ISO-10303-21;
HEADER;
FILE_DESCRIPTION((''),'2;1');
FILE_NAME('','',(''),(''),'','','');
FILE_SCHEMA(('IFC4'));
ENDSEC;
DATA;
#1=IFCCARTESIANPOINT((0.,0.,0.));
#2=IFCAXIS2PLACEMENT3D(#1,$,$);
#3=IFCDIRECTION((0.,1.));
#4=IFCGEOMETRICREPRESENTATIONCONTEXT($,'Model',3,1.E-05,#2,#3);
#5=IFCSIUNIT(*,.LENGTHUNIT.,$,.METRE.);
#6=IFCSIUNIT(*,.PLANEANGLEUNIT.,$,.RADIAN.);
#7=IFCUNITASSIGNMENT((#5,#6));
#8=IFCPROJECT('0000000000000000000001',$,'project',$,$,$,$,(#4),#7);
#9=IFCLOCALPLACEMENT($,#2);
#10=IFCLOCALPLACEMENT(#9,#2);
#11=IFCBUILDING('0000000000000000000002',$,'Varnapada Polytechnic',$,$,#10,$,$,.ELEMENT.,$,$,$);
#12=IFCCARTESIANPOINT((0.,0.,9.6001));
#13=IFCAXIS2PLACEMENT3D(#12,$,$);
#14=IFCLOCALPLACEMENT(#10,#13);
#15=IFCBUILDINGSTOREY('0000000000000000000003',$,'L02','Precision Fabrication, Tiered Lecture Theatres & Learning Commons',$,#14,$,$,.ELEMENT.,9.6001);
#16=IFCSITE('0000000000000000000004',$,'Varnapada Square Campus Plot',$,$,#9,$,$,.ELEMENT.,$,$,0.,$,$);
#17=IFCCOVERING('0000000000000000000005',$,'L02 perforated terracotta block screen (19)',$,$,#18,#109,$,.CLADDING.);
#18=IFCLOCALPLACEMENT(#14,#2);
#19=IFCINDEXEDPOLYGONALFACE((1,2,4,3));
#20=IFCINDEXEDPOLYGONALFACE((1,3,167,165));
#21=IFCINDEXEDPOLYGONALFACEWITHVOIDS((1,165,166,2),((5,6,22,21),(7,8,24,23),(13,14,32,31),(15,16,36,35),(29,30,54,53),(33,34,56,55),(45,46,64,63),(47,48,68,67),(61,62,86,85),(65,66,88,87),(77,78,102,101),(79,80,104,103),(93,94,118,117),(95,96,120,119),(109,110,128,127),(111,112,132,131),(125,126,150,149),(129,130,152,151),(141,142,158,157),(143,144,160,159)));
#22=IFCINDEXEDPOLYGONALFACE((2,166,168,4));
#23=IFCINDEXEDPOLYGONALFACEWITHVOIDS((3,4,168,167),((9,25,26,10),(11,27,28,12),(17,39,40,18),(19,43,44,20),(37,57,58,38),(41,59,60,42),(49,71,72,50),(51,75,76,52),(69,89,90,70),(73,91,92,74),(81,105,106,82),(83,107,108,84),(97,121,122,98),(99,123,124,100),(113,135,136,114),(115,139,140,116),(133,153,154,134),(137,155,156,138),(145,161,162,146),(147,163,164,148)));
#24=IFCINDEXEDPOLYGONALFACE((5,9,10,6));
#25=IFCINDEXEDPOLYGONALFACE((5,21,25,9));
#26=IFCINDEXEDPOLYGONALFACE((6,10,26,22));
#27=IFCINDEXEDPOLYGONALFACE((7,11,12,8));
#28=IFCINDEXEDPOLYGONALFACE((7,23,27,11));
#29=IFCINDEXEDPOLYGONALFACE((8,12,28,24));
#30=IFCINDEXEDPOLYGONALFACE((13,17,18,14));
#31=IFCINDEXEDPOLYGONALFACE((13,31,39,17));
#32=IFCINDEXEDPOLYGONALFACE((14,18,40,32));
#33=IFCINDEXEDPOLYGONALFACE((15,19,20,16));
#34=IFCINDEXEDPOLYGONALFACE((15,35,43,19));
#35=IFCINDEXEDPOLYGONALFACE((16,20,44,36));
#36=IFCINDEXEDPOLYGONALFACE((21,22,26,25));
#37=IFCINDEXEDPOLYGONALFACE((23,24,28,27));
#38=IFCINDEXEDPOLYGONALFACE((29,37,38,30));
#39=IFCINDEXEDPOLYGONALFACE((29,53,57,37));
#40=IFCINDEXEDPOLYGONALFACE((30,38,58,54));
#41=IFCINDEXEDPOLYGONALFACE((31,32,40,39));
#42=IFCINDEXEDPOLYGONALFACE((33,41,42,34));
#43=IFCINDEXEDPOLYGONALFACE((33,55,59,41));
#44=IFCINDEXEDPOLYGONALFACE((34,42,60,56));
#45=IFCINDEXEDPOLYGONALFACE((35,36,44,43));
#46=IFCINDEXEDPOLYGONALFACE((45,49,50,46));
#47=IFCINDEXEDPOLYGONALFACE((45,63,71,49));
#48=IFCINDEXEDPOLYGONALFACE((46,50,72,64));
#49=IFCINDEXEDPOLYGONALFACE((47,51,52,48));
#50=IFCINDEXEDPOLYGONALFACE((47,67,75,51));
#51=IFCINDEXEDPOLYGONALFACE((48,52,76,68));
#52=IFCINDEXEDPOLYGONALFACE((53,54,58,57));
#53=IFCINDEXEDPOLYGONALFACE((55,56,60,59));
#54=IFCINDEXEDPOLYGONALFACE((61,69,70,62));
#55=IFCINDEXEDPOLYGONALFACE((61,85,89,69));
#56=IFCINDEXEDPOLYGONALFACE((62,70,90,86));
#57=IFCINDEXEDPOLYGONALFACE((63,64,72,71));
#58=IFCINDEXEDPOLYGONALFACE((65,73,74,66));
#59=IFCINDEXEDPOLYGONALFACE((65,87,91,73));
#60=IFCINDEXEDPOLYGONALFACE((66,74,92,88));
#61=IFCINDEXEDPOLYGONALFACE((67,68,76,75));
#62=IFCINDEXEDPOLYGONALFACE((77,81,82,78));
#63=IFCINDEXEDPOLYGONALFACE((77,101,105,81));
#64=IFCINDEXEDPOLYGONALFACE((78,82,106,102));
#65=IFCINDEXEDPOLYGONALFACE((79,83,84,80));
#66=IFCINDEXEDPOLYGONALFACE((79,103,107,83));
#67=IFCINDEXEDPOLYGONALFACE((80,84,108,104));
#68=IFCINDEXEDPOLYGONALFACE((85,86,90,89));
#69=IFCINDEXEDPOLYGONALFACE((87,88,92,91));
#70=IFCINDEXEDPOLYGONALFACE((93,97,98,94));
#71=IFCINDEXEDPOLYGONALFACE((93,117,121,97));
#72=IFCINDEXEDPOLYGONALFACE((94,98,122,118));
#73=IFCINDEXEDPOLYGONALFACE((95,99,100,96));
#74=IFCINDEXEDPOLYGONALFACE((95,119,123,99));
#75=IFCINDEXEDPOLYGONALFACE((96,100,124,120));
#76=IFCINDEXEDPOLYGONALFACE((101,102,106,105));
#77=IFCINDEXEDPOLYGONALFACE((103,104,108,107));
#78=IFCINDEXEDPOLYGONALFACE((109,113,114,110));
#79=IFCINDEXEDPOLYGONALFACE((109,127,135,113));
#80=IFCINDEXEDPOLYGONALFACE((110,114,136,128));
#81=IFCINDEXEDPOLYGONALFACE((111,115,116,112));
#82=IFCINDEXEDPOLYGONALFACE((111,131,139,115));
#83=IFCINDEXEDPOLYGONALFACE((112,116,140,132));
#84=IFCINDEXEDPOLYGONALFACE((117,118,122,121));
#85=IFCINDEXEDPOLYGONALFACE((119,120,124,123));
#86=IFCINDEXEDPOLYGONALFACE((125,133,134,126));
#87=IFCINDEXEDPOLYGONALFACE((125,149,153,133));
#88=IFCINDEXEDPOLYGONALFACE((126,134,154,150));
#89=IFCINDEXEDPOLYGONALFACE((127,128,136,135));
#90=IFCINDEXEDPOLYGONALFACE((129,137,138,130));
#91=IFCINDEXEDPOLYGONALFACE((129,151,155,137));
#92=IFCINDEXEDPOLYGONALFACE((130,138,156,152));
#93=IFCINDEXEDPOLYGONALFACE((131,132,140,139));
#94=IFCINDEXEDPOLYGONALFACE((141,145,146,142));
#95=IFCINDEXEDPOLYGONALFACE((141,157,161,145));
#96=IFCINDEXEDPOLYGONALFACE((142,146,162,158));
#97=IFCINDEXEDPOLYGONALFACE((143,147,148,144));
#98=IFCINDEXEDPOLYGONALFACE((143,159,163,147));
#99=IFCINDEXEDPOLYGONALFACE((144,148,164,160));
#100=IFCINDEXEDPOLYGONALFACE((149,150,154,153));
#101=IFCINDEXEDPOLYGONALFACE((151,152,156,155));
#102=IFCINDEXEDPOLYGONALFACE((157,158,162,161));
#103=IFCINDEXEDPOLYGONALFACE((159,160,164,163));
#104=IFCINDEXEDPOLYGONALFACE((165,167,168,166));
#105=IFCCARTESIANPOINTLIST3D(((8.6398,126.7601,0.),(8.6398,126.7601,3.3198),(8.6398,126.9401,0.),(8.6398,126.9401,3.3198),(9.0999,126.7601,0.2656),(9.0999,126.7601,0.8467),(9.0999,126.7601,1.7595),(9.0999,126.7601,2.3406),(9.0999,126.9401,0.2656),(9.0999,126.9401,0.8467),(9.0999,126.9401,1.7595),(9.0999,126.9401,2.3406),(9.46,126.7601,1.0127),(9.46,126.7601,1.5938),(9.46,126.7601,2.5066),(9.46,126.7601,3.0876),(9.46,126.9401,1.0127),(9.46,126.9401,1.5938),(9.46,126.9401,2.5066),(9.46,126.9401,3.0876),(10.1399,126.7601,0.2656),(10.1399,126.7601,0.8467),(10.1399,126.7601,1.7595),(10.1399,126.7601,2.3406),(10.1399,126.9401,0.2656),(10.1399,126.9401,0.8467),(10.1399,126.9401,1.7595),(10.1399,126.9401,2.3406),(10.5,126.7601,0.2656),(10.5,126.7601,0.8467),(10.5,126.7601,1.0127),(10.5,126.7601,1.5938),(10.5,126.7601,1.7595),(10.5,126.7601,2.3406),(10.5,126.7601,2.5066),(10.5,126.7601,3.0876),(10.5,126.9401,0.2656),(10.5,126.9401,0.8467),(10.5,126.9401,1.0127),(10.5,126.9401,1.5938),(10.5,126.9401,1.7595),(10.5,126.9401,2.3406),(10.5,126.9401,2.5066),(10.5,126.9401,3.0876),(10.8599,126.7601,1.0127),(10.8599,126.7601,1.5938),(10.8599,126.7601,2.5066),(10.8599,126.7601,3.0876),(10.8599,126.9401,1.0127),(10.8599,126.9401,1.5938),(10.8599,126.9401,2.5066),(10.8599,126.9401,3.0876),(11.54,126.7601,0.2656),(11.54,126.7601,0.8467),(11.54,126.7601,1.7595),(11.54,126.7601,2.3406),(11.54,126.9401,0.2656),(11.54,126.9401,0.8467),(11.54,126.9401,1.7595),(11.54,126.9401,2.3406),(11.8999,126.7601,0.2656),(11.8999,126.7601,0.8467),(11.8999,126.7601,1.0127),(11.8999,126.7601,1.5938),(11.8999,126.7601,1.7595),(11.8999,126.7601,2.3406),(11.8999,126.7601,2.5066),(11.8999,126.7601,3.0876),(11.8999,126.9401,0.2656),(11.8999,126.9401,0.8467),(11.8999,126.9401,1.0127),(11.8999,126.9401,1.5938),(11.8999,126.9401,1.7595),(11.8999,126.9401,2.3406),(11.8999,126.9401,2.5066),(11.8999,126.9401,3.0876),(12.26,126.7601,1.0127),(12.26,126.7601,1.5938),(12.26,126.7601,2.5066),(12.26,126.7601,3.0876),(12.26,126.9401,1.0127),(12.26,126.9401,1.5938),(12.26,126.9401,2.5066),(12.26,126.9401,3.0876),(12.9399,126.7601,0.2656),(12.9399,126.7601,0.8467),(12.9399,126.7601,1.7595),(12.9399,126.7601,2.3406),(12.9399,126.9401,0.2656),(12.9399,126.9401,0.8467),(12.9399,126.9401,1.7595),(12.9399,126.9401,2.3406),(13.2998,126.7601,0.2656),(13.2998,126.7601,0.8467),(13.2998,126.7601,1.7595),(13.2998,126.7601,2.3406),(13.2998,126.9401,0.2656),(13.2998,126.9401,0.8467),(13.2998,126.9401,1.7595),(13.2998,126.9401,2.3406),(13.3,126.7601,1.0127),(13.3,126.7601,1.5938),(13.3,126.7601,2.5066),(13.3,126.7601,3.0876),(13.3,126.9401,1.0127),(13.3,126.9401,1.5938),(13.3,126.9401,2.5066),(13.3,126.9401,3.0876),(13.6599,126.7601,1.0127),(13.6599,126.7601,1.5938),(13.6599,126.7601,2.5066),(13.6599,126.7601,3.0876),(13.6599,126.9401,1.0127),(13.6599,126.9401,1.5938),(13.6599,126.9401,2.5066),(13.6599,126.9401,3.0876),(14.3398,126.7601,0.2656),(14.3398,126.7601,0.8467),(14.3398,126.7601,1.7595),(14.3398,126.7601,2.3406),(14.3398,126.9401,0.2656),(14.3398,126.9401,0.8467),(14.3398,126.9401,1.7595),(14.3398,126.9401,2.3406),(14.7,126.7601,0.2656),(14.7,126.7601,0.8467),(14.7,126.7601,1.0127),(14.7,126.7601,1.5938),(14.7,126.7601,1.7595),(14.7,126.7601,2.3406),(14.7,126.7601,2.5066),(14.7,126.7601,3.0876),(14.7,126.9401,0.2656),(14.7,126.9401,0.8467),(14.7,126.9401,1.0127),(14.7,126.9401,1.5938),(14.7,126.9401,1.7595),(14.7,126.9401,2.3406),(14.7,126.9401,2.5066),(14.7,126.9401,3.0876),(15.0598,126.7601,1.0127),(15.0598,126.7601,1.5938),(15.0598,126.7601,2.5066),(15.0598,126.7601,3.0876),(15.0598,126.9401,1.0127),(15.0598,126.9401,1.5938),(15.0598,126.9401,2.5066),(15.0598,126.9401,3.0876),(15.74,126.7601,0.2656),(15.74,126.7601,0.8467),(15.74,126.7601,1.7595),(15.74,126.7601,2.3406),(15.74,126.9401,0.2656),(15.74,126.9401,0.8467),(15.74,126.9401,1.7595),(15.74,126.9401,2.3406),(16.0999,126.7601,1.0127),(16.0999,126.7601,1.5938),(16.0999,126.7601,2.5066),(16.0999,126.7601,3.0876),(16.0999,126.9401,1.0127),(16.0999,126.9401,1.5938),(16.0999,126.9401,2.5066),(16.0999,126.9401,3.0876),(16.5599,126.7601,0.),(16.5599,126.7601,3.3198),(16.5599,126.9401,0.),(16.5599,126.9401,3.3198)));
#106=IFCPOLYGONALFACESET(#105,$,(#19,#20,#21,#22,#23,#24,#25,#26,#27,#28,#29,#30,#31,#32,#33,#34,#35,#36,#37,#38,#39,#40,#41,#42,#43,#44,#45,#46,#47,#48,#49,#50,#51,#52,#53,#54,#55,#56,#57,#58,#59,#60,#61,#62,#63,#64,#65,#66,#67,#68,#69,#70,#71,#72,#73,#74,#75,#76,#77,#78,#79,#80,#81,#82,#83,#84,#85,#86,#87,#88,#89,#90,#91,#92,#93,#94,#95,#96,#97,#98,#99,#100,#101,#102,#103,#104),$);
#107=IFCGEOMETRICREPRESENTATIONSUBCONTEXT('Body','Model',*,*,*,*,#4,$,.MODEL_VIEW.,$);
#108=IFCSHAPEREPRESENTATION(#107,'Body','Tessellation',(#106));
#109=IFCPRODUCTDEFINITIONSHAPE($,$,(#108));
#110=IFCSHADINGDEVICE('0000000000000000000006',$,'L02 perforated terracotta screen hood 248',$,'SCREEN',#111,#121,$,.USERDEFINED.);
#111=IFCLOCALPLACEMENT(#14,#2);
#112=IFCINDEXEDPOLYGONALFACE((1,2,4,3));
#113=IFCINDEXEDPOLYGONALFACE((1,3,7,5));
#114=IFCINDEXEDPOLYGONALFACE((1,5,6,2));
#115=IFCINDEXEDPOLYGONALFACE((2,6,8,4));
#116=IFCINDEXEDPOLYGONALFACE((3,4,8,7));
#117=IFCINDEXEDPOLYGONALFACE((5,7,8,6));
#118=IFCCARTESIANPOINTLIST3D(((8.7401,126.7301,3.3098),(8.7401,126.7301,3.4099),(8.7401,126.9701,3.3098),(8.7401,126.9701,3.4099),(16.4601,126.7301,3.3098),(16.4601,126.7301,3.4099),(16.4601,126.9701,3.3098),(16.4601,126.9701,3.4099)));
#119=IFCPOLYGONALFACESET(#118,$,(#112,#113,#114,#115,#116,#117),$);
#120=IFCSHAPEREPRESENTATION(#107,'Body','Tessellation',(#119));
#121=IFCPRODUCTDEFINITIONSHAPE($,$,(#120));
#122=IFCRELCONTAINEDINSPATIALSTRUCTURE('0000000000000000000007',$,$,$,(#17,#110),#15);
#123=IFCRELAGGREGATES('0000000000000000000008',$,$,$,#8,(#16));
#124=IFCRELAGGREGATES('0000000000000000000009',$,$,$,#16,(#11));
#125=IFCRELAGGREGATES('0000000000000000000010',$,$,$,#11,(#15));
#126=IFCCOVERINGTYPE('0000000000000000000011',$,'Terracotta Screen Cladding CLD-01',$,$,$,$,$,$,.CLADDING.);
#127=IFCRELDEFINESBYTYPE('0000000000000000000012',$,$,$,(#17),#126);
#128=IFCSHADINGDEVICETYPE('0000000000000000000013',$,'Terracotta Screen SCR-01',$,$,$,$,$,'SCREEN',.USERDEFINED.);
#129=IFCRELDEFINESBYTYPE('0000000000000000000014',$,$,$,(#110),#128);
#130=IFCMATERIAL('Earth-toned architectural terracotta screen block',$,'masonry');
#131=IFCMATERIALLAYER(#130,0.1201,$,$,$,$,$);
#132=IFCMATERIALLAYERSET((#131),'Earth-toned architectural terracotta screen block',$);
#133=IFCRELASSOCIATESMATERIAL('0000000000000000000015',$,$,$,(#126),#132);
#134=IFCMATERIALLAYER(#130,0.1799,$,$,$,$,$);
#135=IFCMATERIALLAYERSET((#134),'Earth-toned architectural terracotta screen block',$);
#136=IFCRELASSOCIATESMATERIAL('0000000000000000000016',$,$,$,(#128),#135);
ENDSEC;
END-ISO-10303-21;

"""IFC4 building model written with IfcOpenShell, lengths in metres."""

from ifc_helpers import new_model, si_unit, direction, frame, frame_2d, origin, origin_2d, place, context, subcontext, project, spatial, rectangle, extrude, material, layer, layer_set, type_object, element, save


model = new_model("IFC4")

# Units and contexts
model_context = context("Model", 3, precision=1e-05, world=origin(), true_north=direction((0.0, 1.0)))
body_context = subcontext(model_context, "Body", "Model", "MODEL_VIEW")
ifc_project = project(units=[si_unit("LENGTHUNIT", "METRE"), si_unit("PLANEANGLEUNIT", "RADIAN")], contexts=[model_context])

# Site, building, storey
site_placement = place(None, origin())
site = spatial("IfcSite", under=ifc_project, at=site_placement, Name="Varnapada Square Campus Plot", CompositionType="ELEMENT", RefElevation=0.0)
building_placement = place(site_placement, origin())
building = spatial("IfcBuilding", under=site, at=building_placement, Name="Varnapada Polytechnic", CompositionType="ELEMENT")
storey_placement = place(building_placement, frame((0.0, 0.0, 9.6001)))
storey = spatial("IfcBuildingStorey", under=building, at=storey_placement, Name="L02", Description="Precision Fabrication, Tiered Lecture Theatres & Learning Commons", CompositionType="ELEMENT", Elevation=9.6001)

# Covering, openings
ifc_material_1 = material(Name="Earth-toned architectural terracotta screen block", Category="masonry")
ifc_layer_1 = layer(ifc_material_1, 0.1201)
ifc_layer_set_1 = layer_set([ifc_layer_1], Name="Earth-toned architectural terracotta screen block")
covering_type = type_object("IfcCoveringType", Name="Terracotta Screen Cladding CLD-01", PredefinedType="CLADDING", material=ifc_layer_set_1)
covering_placement = place(storey_placement, frame((8.6399, 126.8501, 0.0), z_axis=(0.0, 0.0, 1.0), x_axis=(1.0, 0.0, 0.0)))
covering = element("IfcCovering", 1, at=covering_placement, inside=storey, type_object=covering_type, Name="L02 perforated terracotta block screen (19)", PredefinedType="CLADDING", context=body_context, shape_type="SweptSolid", body=[
    extrude(rectangle(XDim=7.9202, YDim=0.1799, at=frame_2d((3.96, 0.0))), origin(), (0.0, 0.0, 1.0), 3.3198),
])
opening_1_placement = place(covering_placement, frame((0.46, 0.0, 0.2656)))
element("IfcOpeningElement", 2, at=opening_1_placement, cuts=covering, PredefinedType="OPENING", context=body_context, shape_type="SweptSolid", body=[
    extrude(rectangle(XDim=1.04, YDim=0.5811, at=frame_2d((0.52, 0.2905))), frame((0.0, 0.0999, 0.0), z_axis=(0.0, -1.0, 0.0), x_axis=(1.0, 0.0, 0.0)), (0.0, 0.0, 1.0), 0.2),
])
opening_2_placement = place(covering_placement, frame((1.8601, 0.0, 0.2656)))
element("IfcOpeningElement", 3, at=opening_2_placement, cuts=covering, PredefinedType="OPENING", context=body_context, shape_type="SweptSolid", body=[
    extrude(rectangle(XDim=1.04, YDim=0.5811, at=frame_2d((0.52, 0.2905))), frame((0.0, 0.0999, 0.0), z_axis=(0.0, -1.0, 0.0), x_axis=(1.0, 0.0, 0.0)), (0.0, 0.0, 1.0), 0.2),
])
opening_3_placement = place(covering_placement, frame((3.26, 0.0, 0.2656)))
element("IfcOpeningElement", 4, at=opening_3_placement, cuts=covering, PredefinedType="OPENING", context=body_context, shape_type="SweptSolid", body=[
    extrude(rectangle(XDim=1.04, YDim=0.5811, at=frame_2d((0.52, 0.2905))), frame((0.0, 0.0999, 0.0), z_axis=(0.0, -1.0, 0.0), x_axis=(1.0, 0.0, 0.0)), (0.0, 0.0, 1.0), 0.2),
])
opening_4_placement = place(covering_placement, frame((4.6599, 0.0, 0.2656)))
element("IfcOpeningElement", 5, at=opening_4_placement, cuts=covering, PredefinedType="OPENING", context=body_context, shape_type="SweptSolid", body=[
    extrude(rectangle(XDim=1.04, YDim=0.5811, at=frame_2d((0.52, 0.2905))), frame((0.0, 0.0999, 0.0), z_axis=(0.0, -1.0, 0.0), x_axis=(1.0, 0.0, 0.0)), (0.0, 0.0, 1.0), 0.2),
])
opening_5_placement = place(covering_placement, frame((6.0601, 0.0, 0.2656)))
element("IfcOpeningElement", 6, at=opening_5_placement, cuts=covering, PredefinedType="OPENING", context=body_context, shape_type="SweptSolid", body=[
    extrude(rectangle(XDim=1.04, YDim=0.5811, at=frame_2d((0.52, 0.2905))), frame((0.0, 0.0999, 0.0), z_axis=(0.0, -1.0, 0.0), x_axis=(1.0, 0.0, 0.0)), (0.0, 0.0, 1.0), 0.2),
])
opening_6_placement = place(covering_placement, frame((0.8201, 0.0, 1.0127)))
element("IfcOpeningElement", 7, at=opening_6_placement, cuts=covering, PredefinedType="OPENING", context=body_context, shape_type="SweptSolid", body=[
    extrude(rectangle(XDim=1.04, YDim=0.5811, at=frame_2d((0.52, 0.2905))), frame((0.0, 0.0999, 0.0), z_axis=(0.0, -1.0, 0.0), x_axis=(1.0, 0.0, 0.0)), (0.0, 0.0, 1.0), 0.2),
])
opening_7_placement = place(covering_placement, frame((2.22, 0.0, 1.0127)))
element("IfcOpeningElement", 8, at=opening_7_placement, cuts=covering, PredefinedType="OPENING", context=body_context, shape_type="SweptSolid", body=[
    extrude(rectangle(XDim=1.04, YDim=0.5811, at=frame_2d((0.52, 0.2905))), frame((0.0, 0.0999, 0.0), z_axis=(0.0, -1.0, 0.0), x_axis=(1.0, 0.0, 0.0)), (0.0, 0.0, 1.0), 0.2),
])
opening_8_placement = place(covering_placement, frame((3.6201, 0.0, 1.0127)))
element("IfcOpeningElement", 9, at=opening_8_placement, cuts=covering, PredefinedType="OPENING", context=body_context, shape_type="SweptSolid", body=[
    extrude(rectangle(XDim=1.04, YDim=0.5811, at=frame_2d((0.52, 0.2905))), frame((0.0, 0.0999, 0.0), z_axis=(0.0, -1.0, 0.0), x_axis=(1.0, 0.0, 0.0)), (0.0, 0.0, 1.0), 0.2),
])
opening_9_placement = place(covering_placement, frame((5.02, 0.0, 1.0127)))
element("IfcOpeningElement", 10, at=opening_9_placement, cuts=covering, PredefinedType="OPENING", context=body_context, shape_type="SweptSolid", body=[
    extrude(rectangle(XDim=1.04, YDim=0.5811, at=frame_2d((0.52, 0.2905))), frame((0.0, 0.0999, 0.0), z_axis=(0.0, -1.0, 0.0), x_axis=(1.0, 0.0, 0.0)), (0.0, 0.0, 1.0), 0.2),
])
opening_10_placement = place(covering_placement, frame((6.4199, 0.0, 1.0127)))
element("IfcOpeningElement", 11, at=opening_10_placement, cuts=covering, PredefinedType="OPENING", context=body_context, shape_type="SweptSolid", body=[
    extrude(rectangle(XDim=1.04, YDim=0.5811, at=frame_2d((0.52, 0.2905))), frame((0.0, 0.0999, 0.0), z_axis=(0.0, -1.0, 0.0), x_axis=(1.0, 0.0, 0.0)), (0.0, 0.0, 1.0), 0.2),
])
opening_11_placement = place(covering_placement, frame((0.46, 0.0, 1.7595)))
element("IfcOpeningElement", 12, at=opening_11_placement, cuts=covering, PredefinedType="OPENING", context=body_context, shape_type="SweptSolid", body=[
    extrude(rectangle(XDim=1.04, YDim=0.5811, at=frame_2d((0.52, 0.2905))), frame((0.0, 0.0999, 0.0), z_axis=(0.0, -1.0, 0.0), x_axis=(1.0, 0.0, 0.0)), (0.0, 0.0, 1.0), 0.2),
])
opening_12_placement = place(covering_placement, frame((1.8601, 0.0, 1.7595)))
element("IfcOpeningElement", 13, at=opening_12_placement, cuts=covering, PredefinedType="OPENING", context=body_context, shape_type="SweptSolid", body=[
    extrude(rectangle(XDim=1.04, YDim=0.5811, at=frame_2d((0.52, 0.2905))), frame((0.0, 0.0999, 0.0), z_axis=(0.0, -1.0, 0.0), x_axis=(1.0, 0.0, 0.0)), (0.0, 0.0, 1.0), 0.2),
])
opening_13_placement = place(covering_placement, frame((3.26, 0.0, 1.7595)))
element("IfcOpeningElement", 14, at=opening_13_placement, cuts=covering, PredefinedType="OPENING", context=body_context, shape_type="SweptSolid", body=[
    extrude(rectangle(XDim=1.04, YDim=0.5811, at=frame_2d((0.52, 0.2905))), frame((0.0, 0.0999, 0.0), z_axis=(0.0, -1.0, 0.0), x_axis=(1.0, 0.0, 0.0)), (0.0, 0.0, 1.0), 0.2),
])
opening_14_placement = place(covering_placement, frame((4.6599, 0.0, 1.7595)))
element("IfcOpeningElement", 15, at=opening_14_placement, cuts=covering, PredefinedType="OPENING", context=body_context, shape_type="SweptSolid", body=[
    extrude(rectangle(XDim=1.04, YDim=0.5811, at=frame_2d((0.52, 0.2905))), frame((0.0, 0.0999, 0.0), z_axis=(0.0, -1.0, 0.0), x_axis=(1.0, 0.0, 0.0)), (0.0, 0.0, 1.0), 0.2),
])
opening_15_placement = place(covering_placement, frame((6.0601, 0.0, 1.7595)))
element("IfcOpeningElement", 16, at=opening_15_placement, cuts=covering, PredefinedType="OPENING", context=body_context, shape_type="SweptSolid", body=[
    extrude(rectangle(XDim=1.04, YDim=0.5811, at=frame_2d((0.52, 0.2905))), frame((0.0, 0.0999, 0.0), z_axis=(0.0, -1.0, 0.0), x_axis=(1.0, 0.0, 0.0)), (0.0, 0.0, 1.0), 0.2),
])
opening_16_placement = place(covering_placement, frame((0.8201, 0.0, 2.5066)))
element("IfcOpeningElement", 17, at=opening_16_placement, cuts=covering, PredefinedType="OPENING", context=body_context, shape_type="SweptSolid", body=[
    extrude(rectangle(XDim=1.04, YDim=0.5811, at=frame_2d((0.52, 0.2905))), frame((0.0, 0.0999, 0.0), z_axis=(0.0, -1.0, 0.0), x_axis=(1.0, 0.0, 0.0)), (0.0, 0.0, 1.0), 0.2),
])
opening_17_placement = place(covering_placement, frame((2.22, 0.0, 2.5066)))
element("IfcOpeningElement", 18, at=opening_17_placement, cuts=covering, PredefinedType="OPENING", context=body_context, shape_type="SweptSolid", body=[
    extrude(rectangle(XDim=1.04, YDim=0.5811, at=frame_2d((0.52, 0.2905))), frame((0.0, 0.0999, 0.0), z_axis=(0.0, -1.0, 0.0), x_axis=(1.0, 0.0, 0.0)), (0.0, 0.0, 1.0), 0.2),
])
opening_18_placement = place(covering_placement, frame((3.6201, 0.0, 2.5066)))
element("IfcOpeningElement", 19, at=opening_18_placement, cuts=covering, PredefinedType="OPENING", context=body_context, shape_type="SweptSolid", body=[
    extrude(rectangle(XDim=1.04, YDim=0.5811, at=frame_2d((0.52, 0.2905))), frame((0.0, 0.0999, 0.0), z_axis=(0.0, -1.0, 0.0), x_axis=(1.0, 0.0, 0.0)), (0.0, 0.0, 1.0), 0.2),
])
opening_19_placement = place(covering_placement, frame((5.02, 0.0, 2.5066)))
element("IfcOpeningElement", 20, at=opening_19_placement, cuts=covering, PredefinedType="OPENING", context=body_context, shape_type="SweptSolid", body=[
    extrude(rectangle(XDim=1.04, YDim=0.5811, at=frame_2d((0.52, 0.2905))), frame((0.0, 0.0999, 0.0), z_axis=(0.0, -1.0, 0.0), x_axis=(1.0, 0.0, 0.0)), (0.0, 0.0, 1.0), 0.2),
])
opening_20_placement = place(covering_placement, frame((6.4199, 0.0, 2.5066)))
element("IfcOpeningElement", 21, at=opening_20_placement, cuts=covering, PredefinedType="OPENING", context=body_context, shape_type="SweptSolid", body=[
    extrude(rectangle(XDim=1.04, YDim=0.5811, at=frame_2d((0.52, 0.2905))), frame((0.0, 0.0999, 0.0), z_axis=(0.0, -1.0, 0.0), x_axis=(1.0, 0.0, 0.0)), (0.0, 0.0, 1.0), 0.2),
])

# Shading device
ifc_layer_2 = layer(ifc_material_1, 0.1799)
ifc_layer_set_2 = layer_set([ifc_layer_2], Name="Earth-toned architectural terracotta screen block")
shading_device_type_1 = type_object("IfcShadingDeviceType", Name="Terracotta Screen SCR-01", ElementType="SCREEN", PredefinedType="USERDEFINED", material=ifc_layer_set_2)
shading_device_1_placement = place(storey_placement, frame((12.6001, 126.8501, 3.3098), z_axis=(0.0, 0.0, 1.0), x_axis=(1.0, 0.0, 0.0)))
element("IfcShadingDevice", 22, at=shading_device_1_placement, inside=storey, type_object=shading_device_type_1, Name="L02 perforated terracotta screen hood 248", ObjectType="SCREEN", PredefinedType="USERDEFINED", context=body_context, shape_type="SweptSolid", body=[
    extrude(rectangle(XDim=7.72, YDim=0.24, at=origin_2d()), origin(), (0.0, 0.0, 1.0), 0.1001),
])

save(model, "model.ifc")
